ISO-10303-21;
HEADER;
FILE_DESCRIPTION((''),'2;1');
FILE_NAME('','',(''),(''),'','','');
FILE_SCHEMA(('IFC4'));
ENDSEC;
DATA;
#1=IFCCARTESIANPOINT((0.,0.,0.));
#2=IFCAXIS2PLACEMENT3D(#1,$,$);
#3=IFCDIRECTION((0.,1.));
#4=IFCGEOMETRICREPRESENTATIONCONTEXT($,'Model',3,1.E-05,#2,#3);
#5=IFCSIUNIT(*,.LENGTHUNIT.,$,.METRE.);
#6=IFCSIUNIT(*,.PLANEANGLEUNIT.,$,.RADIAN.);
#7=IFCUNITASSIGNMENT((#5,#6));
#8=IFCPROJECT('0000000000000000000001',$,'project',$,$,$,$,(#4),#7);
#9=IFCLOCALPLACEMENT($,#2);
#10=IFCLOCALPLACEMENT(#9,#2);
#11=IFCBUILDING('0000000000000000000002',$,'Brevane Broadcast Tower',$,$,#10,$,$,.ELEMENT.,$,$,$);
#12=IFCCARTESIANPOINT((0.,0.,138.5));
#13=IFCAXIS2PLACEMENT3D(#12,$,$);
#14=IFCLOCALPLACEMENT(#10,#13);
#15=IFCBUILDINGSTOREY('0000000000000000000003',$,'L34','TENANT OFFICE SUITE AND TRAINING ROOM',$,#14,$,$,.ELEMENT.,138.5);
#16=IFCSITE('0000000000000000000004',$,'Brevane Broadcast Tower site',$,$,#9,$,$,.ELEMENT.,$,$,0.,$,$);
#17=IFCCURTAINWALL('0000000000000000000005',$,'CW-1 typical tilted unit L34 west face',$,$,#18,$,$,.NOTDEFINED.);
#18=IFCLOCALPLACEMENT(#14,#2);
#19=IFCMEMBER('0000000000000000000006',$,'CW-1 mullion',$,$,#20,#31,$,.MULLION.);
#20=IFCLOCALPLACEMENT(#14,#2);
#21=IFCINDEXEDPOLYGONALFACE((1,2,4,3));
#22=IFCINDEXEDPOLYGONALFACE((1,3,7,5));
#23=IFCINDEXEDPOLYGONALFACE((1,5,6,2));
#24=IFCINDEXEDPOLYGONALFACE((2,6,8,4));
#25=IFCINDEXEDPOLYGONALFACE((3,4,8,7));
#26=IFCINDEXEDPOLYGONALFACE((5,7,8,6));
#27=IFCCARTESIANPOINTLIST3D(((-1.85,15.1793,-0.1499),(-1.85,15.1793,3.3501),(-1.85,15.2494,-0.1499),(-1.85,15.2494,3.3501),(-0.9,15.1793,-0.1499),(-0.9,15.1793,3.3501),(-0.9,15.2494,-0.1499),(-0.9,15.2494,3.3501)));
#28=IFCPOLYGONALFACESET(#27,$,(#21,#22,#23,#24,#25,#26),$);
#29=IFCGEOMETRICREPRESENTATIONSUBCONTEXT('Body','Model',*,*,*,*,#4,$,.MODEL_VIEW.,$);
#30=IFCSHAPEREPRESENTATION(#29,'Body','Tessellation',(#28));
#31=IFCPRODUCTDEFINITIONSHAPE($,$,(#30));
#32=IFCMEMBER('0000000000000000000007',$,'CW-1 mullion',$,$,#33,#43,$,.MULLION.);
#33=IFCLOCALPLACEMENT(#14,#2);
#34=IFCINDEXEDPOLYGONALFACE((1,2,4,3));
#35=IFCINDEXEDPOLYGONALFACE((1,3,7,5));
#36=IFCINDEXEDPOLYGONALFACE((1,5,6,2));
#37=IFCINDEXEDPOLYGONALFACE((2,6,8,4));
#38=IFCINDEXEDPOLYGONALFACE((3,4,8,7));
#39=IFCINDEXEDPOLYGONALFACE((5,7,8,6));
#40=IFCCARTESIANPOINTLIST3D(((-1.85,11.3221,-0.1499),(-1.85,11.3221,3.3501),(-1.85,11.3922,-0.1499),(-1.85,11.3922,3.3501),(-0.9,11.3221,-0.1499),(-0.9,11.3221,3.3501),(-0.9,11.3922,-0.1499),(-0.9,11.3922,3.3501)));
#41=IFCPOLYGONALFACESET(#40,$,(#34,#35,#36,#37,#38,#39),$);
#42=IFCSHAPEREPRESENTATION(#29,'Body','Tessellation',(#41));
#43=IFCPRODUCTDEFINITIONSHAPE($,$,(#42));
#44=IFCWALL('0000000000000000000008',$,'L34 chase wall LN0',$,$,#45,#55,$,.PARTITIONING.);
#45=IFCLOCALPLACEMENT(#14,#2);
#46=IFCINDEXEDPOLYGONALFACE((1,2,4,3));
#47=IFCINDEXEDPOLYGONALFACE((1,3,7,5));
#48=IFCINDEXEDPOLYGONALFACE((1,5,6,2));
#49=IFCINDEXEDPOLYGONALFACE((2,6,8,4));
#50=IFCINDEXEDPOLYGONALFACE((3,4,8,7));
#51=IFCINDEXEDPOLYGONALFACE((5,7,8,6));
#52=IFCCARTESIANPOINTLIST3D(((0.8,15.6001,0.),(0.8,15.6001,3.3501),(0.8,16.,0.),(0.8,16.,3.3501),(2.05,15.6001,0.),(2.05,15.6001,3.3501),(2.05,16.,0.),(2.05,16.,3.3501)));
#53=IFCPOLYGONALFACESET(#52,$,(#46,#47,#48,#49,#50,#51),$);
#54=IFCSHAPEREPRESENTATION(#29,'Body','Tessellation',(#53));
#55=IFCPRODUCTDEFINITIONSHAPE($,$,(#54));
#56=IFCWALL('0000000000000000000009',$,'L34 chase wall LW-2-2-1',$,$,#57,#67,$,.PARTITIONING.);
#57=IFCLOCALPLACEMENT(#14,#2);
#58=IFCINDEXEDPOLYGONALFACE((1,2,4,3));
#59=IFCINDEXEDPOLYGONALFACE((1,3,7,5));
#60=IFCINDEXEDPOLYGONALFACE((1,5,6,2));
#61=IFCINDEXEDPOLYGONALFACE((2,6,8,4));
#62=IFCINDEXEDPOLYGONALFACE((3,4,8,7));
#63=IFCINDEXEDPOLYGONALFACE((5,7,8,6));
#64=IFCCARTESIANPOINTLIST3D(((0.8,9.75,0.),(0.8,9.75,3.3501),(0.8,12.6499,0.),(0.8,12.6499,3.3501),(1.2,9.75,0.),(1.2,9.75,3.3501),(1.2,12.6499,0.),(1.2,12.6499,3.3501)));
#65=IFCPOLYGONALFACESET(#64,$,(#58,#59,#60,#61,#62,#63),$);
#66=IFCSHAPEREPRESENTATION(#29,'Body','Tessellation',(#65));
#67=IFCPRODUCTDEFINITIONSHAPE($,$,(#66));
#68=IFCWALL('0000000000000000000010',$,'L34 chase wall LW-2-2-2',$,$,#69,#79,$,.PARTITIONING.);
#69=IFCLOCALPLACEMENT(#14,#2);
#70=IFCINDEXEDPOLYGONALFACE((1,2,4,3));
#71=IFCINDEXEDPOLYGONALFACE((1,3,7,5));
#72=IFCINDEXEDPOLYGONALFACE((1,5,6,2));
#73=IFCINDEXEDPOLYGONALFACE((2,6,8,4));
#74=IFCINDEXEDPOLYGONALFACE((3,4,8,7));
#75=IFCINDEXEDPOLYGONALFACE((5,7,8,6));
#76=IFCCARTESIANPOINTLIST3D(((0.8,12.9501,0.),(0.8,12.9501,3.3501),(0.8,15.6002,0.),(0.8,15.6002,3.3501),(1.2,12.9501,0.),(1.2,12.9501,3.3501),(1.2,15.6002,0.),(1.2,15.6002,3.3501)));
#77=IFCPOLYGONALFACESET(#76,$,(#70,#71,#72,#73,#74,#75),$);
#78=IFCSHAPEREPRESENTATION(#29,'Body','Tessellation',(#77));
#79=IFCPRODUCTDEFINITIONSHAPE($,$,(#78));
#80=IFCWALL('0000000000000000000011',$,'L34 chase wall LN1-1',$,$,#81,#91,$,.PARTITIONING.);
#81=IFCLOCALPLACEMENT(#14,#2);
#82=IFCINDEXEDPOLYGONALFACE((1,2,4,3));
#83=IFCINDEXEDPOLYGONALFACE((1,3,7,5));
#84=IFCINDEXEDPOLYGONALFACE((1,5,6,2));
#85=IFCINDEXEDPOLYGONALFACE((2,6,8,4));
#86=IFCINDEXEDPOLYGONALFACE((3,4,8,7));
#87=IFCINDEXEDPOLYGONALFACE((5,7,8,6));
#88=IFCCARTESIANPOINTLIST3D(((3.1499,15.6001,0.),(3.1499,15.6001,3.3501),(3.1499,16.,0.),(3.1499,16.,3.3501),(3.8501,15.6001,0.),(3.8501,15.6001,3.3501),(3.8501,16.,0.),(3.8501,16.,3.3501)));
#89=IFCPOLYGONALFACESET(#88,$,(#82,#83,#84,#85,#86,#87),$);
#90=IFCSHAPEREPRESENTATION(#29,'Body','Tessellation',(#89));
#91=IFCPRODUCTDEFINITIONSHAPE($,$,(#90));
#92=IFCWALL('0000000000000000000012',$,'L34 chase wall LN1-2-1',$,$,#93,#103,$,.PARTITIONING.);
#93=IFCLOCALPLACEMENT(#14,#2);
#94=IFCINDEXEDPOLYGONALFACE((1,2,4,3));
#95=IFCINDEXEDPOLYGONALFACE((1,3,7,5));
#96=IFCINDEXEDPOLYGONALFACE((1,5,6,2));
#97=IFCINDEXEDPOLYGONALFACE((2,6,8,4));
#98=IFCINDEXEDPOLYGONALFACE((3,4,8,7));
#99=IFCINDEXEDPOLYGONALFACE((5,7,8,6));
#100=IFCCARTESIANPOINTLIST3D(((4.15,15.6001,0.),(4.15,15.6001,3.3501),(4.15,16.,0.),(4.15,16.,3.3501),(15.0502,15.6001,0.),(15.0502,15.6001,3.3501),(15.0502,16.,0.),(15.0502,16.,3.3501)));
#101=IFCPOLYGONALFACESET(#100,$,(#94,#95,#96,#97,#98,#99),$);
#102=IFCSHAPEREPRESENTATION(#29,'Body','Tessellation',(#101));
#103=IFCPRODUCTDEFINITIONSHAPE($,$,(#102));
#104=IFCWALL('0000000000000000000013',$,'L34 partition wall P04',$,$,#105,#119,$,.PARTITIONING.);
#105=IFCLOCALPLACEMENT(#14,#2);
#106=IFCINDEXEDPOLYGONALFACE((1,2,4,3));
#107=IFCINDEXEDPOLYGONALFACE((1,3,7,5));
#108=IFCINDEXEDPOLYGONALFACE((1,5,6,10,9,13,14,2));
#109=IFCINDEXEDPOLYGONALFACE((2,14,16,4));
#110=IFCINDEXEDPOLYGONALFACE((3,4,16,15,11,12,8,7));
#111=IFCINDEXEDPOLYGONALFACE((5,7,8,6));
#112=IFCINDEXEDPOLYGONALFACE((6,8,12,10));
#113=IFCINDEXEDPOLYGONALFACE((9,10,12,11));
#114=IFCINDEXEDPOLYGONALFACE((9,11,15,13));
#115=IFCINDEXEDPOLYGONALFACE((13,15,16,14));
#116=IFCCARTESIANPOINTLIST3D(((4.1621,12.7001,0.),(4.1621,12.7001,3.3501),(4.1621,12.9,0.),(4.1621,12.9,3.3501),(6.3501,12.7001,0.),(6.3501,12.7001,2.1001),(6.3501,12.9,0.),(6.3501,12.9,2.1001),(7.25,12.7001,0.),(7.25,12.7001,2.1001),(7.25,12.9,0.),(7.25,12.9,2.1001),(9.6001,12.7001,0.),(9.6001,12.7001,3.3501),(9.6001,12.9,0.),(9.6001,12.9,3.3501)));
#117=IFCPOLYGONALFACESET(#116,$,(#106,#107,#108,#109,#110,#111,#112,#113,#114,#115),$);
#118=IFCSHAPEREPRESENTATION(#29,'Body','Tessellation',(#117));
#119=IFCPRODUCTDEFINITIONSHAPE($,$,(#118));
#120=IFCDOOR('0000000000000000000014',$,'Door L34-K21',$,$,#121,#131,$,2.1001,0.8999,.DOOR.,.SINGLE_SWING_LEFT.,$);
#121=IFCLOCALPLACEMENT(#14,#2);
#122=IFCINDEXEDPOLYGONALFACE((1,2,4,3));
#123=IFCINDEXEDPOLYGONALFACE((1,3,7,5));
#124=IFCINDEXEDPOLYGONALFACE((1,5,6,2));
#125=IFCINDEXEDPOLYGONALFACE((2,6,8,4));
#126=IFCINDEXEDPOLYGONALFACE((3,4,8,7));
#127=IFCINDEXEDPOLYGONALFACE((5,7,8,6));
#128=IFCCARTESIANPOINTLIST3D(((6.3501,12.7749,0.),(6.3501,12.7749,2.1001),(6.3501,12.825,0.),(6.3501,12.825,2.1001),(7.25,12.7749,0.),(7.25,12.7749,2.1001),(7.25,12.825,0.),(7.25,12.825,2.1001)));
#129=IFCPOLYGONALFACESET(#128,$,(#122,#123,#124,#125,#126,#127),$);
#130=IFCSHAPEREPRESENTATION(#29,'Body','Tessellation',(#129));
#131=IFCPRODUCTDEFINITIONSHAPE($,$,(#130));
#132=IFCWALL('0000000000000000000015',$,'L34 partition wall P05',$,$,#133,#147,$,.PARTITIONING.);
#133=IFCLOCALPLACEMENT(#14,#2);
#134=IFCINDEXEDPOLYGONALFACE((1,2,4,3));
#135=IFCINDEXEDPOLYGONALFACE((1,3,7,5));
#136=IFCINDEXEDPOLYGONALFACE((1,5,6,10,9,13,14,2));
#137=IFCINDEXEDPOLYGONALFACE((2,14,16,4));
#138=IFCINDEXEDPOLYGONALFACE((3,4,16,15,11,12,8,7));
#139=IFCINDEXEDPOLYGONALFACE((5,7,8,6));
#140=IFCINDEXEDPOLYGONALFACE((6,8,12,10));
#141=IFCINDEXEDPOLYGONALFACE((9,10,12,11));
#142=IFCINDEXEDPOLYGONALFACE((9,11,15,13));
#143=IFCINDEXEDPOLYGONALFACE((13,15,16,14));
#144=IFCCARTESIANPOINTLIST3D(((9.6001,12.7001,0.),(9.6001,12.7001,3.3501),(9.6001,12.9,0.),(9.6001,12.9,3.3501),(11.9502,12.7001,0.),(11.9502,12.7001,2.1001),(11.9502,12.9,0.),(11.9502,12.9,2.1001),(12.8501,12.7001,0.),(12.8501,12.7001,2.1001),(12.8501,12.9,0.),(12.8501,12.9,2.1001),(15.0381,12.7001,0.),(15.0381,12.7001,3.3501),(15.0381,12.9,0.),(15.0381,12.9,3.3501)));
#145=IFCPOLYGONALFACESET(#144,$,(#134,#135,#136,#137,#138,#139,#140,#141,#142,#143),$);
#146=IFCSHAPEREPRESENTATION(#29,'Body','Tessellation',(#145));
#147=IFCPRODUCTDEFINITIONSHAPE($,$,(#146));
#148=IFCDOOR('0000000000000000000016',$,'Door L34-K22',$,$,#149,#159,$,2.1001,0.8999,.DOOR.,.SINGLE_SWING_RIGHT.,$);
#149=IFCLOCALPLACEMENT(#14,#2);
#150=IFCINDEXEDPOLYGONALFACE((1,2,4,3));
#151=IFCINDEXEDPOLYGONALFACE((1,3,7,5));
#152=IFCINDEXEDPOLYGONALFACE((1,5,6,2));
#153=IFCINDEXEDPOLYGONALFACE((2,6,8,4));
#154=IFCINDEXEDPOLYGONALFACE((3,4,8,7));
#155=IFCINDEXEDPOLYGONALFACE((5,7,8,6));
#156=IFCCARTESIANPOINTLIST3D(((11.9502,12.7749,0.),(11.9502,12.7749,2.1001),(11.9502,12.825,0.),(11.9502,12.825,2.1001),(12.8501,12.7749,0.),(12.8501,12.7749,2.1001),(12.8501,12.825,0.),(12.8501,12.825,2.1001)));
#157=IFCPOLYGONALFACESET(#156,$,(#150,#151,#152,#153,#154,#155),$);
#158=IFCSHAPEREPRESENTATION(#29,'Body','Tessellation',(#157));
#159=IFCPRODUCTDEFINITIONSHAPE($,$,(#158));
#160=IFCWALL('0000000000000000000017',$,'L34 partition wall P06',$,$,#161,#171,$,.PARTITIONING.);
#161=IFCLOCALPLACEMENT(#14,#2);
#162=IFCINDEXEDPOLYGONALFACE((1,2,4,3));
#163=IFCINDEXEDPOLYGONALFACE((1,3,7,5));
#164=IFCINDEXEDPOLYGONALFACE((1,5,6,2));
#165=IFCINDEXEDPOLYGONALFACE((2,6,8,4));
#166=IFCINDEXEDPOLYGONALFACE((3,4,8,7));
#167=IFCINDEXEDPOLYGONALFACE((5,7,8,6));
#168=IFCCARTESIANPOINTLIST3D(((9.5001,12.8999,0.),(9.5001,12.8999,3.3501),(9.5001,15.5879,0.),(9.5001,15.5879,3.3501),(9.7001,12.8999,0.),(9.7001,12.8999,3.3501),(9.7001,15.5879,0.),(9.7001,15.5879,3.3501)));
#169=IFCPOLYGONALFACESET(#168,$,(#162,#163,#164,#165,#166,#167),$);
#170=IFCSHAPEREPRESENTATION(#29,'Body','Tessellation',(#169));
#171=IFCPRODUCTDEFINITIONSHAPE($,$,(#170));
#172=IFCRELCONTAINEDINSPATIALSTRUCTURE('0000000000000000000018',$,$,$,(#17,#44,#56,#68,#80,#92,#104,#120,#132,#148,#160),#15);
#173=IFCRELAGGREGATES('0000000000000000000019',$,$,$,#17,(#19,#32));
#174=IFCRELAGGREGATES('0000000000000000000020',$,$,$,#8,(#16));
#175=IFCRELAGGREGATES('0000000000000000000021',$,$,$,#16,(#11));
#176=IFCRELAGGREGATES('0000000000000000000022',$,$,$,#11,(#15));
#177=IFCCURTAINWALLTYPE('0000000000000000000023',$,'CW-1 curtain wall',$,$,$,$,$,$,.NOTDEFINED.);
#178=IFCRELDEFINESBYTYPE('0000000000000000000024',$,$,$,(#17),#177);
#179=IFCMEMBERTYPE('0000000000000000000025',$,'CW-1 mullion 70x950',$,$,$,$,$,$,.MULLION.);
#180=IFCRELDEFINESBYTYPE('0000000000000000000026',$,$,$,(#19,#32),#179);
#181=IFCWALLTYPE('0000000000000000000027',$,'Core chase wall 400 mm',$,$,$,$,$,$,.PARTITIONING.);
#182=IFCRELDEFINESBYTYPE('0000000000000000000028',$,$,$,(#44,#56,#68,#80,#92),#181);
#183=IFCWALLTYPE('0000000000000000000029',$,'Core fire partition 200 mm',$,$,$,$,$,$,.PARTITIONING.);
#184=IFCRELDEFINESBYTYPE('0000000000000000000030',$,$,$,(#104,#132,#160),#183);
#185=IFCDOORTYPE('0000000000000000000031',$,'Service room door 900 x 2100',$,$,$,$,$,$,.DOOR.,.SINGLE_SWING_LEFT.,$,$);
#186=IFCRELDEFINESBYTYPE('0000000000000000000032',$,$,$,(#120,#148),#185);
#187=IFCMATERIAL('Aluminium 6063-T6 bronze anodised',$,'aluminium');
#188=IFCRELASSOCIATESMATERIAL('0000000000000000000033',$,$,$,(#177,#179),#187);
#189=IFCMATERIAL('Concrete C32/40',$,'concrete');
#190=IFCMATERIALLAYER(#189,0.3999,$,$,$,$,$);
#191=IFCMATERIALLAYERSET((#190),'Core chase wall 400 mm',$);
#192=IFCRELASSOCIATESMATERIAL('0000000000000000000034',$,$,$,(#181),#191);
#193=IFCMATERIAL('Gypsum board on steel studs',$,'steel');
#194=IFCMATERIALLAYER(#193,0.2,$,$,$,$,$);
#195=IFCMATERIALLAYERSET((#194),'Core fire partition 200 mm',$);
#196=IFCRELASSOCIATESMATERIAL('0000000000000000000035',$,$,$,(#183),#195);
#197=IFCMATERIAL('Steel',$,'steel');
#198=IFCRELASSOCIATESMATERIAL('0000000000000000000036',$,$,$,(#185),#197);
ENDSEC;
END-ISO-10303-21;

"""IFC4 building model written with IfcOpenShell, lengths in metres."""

from ifc_helpers import new_model, si_unit, direction, frame, frame_2d, origin, origin_2d, place, context, subcontext, project, spatial, rectangle, extrude, material, layer, layer_set, material_profile, profile_set, type_object, element, fill, aggregate, save


model = new_model("IFC4")

# Units and contexts
model_context = context("Model", 3, precision=1e-05, world=origin(), true_north=direction((0.0, 1.0)))
body_context = subcontext(model_context, "Body", "Model", "MODEL_VIEW")
ifc_project = project(units=[si_unit("LENGTHUNIT", "METRE"), si_unit("PLANEANGLEUNIT", "RADIAN")], contexts=[model_context])

# Site, building, storey
site_placement = place(None, origin())
site = spatial("IfcSite", under=ifc_project, at=site_placement, Name="Brevane Broadcast Tower site", CompositionType="ELEMENT", RefElevation=0.0)
building_placement = place(site_placement, origin())
building = spatial("IfcBuilding", under=site, at=building_placement, Name="Brevane Broadcast Tower", CompositionType="ELEMENT")
storey_placement = place(building_placement, frame((0.0, 0.0, 138.5)))
storey = spatial("IfcBuildingStorey", under=building, at=storey_placement, Name="L34", Description="TENANT OFFICE SUITE AND TRAINING ROOM", CompositionType="ELEMENT", Elevation=138.5)

# Curtain wall, members
ifc_material_1 = material(Name="Aluminium 6063-T6 bronze anodised", Category="aluminium")
curtain_wall_type = type_object("IfcCurtainWallType", Name="CW-1 curtain wall", PredefinedType="NOTDEFINED", material=ifc_material_1)
curtain_wall_placement = place(storey_placement, origin())
curtain_wall = element("IfcCurtainWall", 1, at=curtain_wall_placement, inside=storey, type_object=curtain_wall_type, Name="CW-1 typical tilted unit L34 west face", PredefinedType="NOTDEFINED")
ifc_material_profile = material_profile(ifc_material_1, rectangle(XDim=0.95, YDim=0.0701, at=origin_2d()), Name="RECT 70x950")
ifc_profile_set = profile_set([ifc_material_profile], Name="Aluminium 6063-T6 bronze anodised")
member_type = type_object("IfcMemberType", Name="CW-1 mullion 70x950", PredefinedType="MULLION", material=ifc_profile_set)
member_1_placement = place(storey_placement, frame((-1.375, 15.2144, -0.1499), z_axis=(0.0, 0.0, 1.0), x_axis=(1.0, 0.0, 0.0)))
member_1 = element("IfcMember", 2, at=member_1_placement, type_object=member_type, Name="CW-1 mullion", PredefinedType="MULLION", context=body_context, shape_type="SweptSolid", body=[
    extrude(rectangle(XDim=0.95, YDim=0.0701, at=origin_2d()), origin(), (0.0, 0.0, 1.0), 3.5),
])
member_2_placement = place(storey_placement, frame((-1.375, 11.3572, -0.1499), z_axis=(0.0, 0.0, 1.0), x_axis=(1.0, 0.0, 0.0)))
member_2 = element("IfcMember", 3, at=member_2_placement, type_object=member_type, Name="CW-1 mullion", PredefinedType="MULLION", context=body_context, shape_type="SweptSolid", body=[
    extrude(rectangle(XDim=0.95, YDim=0.0701, at=origin_2d()), origin(), (0.0, 0.0, 1.0), 3.5),
])
aggregate(curtain_wall, [member_1, member_2])

# Walls
ifc_material_2 = material(Name="Concrete C32/40", Category="concrete")
ifc_layer_1 = layer(ifc_material_2, 0.3999)
ifc_layer_set_1 = layer_set([ifc_layer_1], Name="Core chase wall 400 mm")
wall_type_1 = type_object("IfcWallType", Name="Core chase wall 400 mm", PredefinedType="PARTITIONING", material=ifc_layer_set_1)
wall_1_placement = place(storey_placement, frame((0.8, 15.8, 0.0), z_axis=(0.0, 0.0, 1.0), x_axis=(1.0, 0.0, 0.0)))
element("IfcWall", 4, at=wall_1_placement, inside=storey, type_object=wall_type_1, Name="L34 chase wall LN0", PredefinedType="PARTITIONING", context=body_context, shape_type="SweptSolid", body=[
    extrude(rectangle(XDim=1.25, YDim=0.3999, at=frame_2d((0.625, 0.0))), origin(), (0.0, 0.0, 1.0), 3.3501),
])
wall_2_placement = place(storey_placement, frame((1.0, 9.75, 0.0), z_axis=(0.0, 0.0, 1.0), x_axis=(0.0, 1.0, 0.0)))
element("IfcWall", 5, at=wall_2_placement, inside=storey, type_object=wall_type_1, Name="L34 chase wall LW-2-2-1", PredefinedType="PARTITIONING", context=body_context, shape_type="SweptSolid", body=[
    extrude(rectangle(XDim=2.8999, YDim=0.3999, at=frame_2d((1.45, 0.0))), origin(), (0.0, 0.0, 1.0), 3.3501),
])
wall_3_placement = place(storey_placement, frame((1.0, 12.95, 0.0), z_axis=(0.0, 0.0, 1.0), x_axis=(0.0, 1.0, 0.0)))
element("IfcWall", 6, at=wall_3_placement, inside=storey, type_object=wall_type_1, Name="L34 chase wall LW-2-2-2", PredefinedType="PARTITIONING", context=body_context, shape_type="SweptSolid", body=[
    extrude(rectangle(XDim=2.6501, YDim=0.3999, at=frame_2d((1.3252, 0.0))), origin(), (0.0, 0.0, 1.0), 3.3501),
])
wall_4_placement = place(storey_placement, frame((3.1499, 15.8, 0.0), z_axis=(0.0, 0.0, 1.0), x_axis=(1.0, 0.0, 0.0)))
element("IfcWall", 7, at=wall_4_placement, inside=storey, type_object=wall_type_1, Name="L34 chase wall LN1-1", PredefinedType="PARTITIONING", context=body_context, shape_type="SweptSolid", body=[
    extrude(rectangle(XDim=0.7002, YDim=0.3999, at=frame_2d((0.3501, 0.0))), origin(), (0.0, 0.0, 1.0), 3.3501),
])
wall_5_placement = place(storey_placement, frame((4.1499, 15.8, 0.0), z_axis=(0.0, 0.0, 1.0), x_axis=(1.0, 0.0, 0.0)))
element("IfcWall", 8, at=wall_5_placement, inside=storey, type_object=wall_type_1, Name="L34 chase wall LN1-2-1", PredefinedType="PARTITIONING", context=body_context, shape_type="SweptSolid", body=[
    extrude(rectangle(XDim=10.9001, YDim=0.3999, at=frame_2d((5.4502, 0.0))), origin(), (0.0, 0.0, 1.0), 3.3501),
])

# Walls, openings, doors
ifc_material_3 = material(Name="Gypsum board on steel studs", Category="steel")
ifc_layer_2 = layer(ifc_material_3, 0.2)
ifc_layer_set_2 = layer_set([ifc_layer_2], Name="Core fire partition 200 mm")
wall_type_2 = type_object("IfcWallType", Name="Core fire partition 200 mm", PredefinedType="PARTITIONING", material=ifc_layer_set_2)
wall_6_placement = place(storey_placement, frame((4.1621, 12.8, 0.0), z_axis=(0.0, 0.0, 1.0), x_axis=(1.0, 0.0, 0.0)))
wall_6 = element("IfcWall", 9, at=wall_6_placement, inside=storey, type_object=wall_type_2, Name="L34 partition wall P04", PredefinedType="PARTITIONING", context=body_context, shape_type="SweptSolid", body=[
    extrude(rectangle(XDim=5.438, YDim=0.2, at=frame_2d((2.719, 0.0))), origin(), (0.0, 0.0, 1.0), 3.3501),
])
opening_1_placement = place(wall_6_placement, frame((2.188, 0.0, 0.0)))
opening_1 = element("IfcOpeningElement", 10, at=opening_1_placement, cuts=wall_6, PredefinedType="OPENING", context=body_context, shape_type="SweptSolid", body=[
    extrude(rectangle(XDim=0.8999, YDim=2.1001, at=frame_2d((0.45, 1.05))), frame((0.0, 0.1099, 0.0), z_axis=(0.0, -1.0, 0.0), x_axis=(1.0, 0.0, 0.0)), (0.0, 0.0, 1.0), 0.22),
])
ifc_material_4 = material(Name="Steel", Category="steel")
door_type_1 = type_object("IfcDoorType", Name="Service room door 900 x 2100", OperationType="SINGLE_SWING_LEFT", PredefinedType="DOOR", material=ifc_material_4)
door_1_placement = place(opening_1_placement, origin())
door_1 = element("IfcDoor", 11, at=door_1_placement, inside=storey, type_object=door_type_1, Name="Door L34-K21", OperationType="SINGLE_SWING_LEFT", OverallHeight=2.1001, OverallWidth=0.8999, PredefinedType="DOOR", context=body_context, shape_type="SweptSolid", body=[
    extrude(rectangle(XDim=0.8999, YDim=2.1001, at=frame_2d((0.45, 1.05))), frame((0.0, 0.0249, 0.0), z_axis=(0.0, -1.0, 0.0), x_axis=(1.0, 0.0, 0.0)), (0.0, 0.0, 1.0), 0.05),
])
fill(opening_1, door_1)
wall_7_placement = place(storey_placement, frame((9.6001, 12.8, 0.0), z_axis=(0.0, 0.0, 1.0), x_axis=(1.0, 0.0, 0.0)))
wall_7 = element("IfcWall", 12, at=wall_7_placement, inside=storey, type_object=wall_type_2, Name="L34 partition wall P05", PredefinedType="PARTITIONING", context=body_context, shape_type="SweptSolid", body=[
    extrude(rectangle(XDim=5.438, YDim=0.2, at=frame_2d((2.719, 0.0))), origin(), (0.0, 0.0, 1.0), 3.3501),
])
opening_2_placement = place(wall_7_placement, frame((2.3501, 0.0, 0.0)))
opening_2 = element("IfcOpeningElement", 13, at=opening_2_placement, cuts=wall_7, PredefinedType="OPENING", context=body_context, shape_type="SweptSolid", body=[
    extrude(rectangle(XDim=0.8999, YDim=2.1001, at=frame_2d((0.45, 1.05))), frame((0.0, 0.1099, 0.0), z_axis=(0.0, -1.0, 0.0), x_axis=(1.0, 0.0, 0.0)), (0.0, 0.0, 1.0), 0.22),
])
door_2_placement = place(opening_2_placement, origin())
door_2 = element("IfcDoor", 14, at=door_2_placement, inside=storey, type_object=door_type_1, Name="Door L34-K22", OperationType="SINGLE_SWING_RIGHT", OverallHeight=2.1001, OverallWidth=0.8999, PredefinedType="DOOR", context=body_context, shape_type="SweptSolid", body=[
    extrude(rectangle(XDim=0.8999, YDim=2.1001, at=frame_2d((0.45, 1.05))), frame((0.0, 0.0249, 0.0), z_axis=(0.0, -1.0, 0.0), x_axis=(1.0, 0.0, 0.0)), (0.0, 0.0, 1.0), 0.05),
])
fill(opening_2, door_2)

# Wall
wall_8_placement = place(storey_placement, frame((9.6001, 15.5879, 0.0), z_axis=(0.0, 0.0, 1.0), x_axis=(0.0, -1.0, 0.0)))
element("IfcWall", 15, at=wall_8_placement, inside=storey, type_object=wall_type_2, Name="L34 partition wall P06", PredefinedType="PARTITIONING", context=body_context, shape_type="SweptSolid", body=[
    extrude(rectangle(XDim=2.688, YDim=0.2, at=frame_2d((1.344, 0.0))), origin(), (0.0, 0.0, 1.0), 3.3501),
])

save(model, "model.ifc")
